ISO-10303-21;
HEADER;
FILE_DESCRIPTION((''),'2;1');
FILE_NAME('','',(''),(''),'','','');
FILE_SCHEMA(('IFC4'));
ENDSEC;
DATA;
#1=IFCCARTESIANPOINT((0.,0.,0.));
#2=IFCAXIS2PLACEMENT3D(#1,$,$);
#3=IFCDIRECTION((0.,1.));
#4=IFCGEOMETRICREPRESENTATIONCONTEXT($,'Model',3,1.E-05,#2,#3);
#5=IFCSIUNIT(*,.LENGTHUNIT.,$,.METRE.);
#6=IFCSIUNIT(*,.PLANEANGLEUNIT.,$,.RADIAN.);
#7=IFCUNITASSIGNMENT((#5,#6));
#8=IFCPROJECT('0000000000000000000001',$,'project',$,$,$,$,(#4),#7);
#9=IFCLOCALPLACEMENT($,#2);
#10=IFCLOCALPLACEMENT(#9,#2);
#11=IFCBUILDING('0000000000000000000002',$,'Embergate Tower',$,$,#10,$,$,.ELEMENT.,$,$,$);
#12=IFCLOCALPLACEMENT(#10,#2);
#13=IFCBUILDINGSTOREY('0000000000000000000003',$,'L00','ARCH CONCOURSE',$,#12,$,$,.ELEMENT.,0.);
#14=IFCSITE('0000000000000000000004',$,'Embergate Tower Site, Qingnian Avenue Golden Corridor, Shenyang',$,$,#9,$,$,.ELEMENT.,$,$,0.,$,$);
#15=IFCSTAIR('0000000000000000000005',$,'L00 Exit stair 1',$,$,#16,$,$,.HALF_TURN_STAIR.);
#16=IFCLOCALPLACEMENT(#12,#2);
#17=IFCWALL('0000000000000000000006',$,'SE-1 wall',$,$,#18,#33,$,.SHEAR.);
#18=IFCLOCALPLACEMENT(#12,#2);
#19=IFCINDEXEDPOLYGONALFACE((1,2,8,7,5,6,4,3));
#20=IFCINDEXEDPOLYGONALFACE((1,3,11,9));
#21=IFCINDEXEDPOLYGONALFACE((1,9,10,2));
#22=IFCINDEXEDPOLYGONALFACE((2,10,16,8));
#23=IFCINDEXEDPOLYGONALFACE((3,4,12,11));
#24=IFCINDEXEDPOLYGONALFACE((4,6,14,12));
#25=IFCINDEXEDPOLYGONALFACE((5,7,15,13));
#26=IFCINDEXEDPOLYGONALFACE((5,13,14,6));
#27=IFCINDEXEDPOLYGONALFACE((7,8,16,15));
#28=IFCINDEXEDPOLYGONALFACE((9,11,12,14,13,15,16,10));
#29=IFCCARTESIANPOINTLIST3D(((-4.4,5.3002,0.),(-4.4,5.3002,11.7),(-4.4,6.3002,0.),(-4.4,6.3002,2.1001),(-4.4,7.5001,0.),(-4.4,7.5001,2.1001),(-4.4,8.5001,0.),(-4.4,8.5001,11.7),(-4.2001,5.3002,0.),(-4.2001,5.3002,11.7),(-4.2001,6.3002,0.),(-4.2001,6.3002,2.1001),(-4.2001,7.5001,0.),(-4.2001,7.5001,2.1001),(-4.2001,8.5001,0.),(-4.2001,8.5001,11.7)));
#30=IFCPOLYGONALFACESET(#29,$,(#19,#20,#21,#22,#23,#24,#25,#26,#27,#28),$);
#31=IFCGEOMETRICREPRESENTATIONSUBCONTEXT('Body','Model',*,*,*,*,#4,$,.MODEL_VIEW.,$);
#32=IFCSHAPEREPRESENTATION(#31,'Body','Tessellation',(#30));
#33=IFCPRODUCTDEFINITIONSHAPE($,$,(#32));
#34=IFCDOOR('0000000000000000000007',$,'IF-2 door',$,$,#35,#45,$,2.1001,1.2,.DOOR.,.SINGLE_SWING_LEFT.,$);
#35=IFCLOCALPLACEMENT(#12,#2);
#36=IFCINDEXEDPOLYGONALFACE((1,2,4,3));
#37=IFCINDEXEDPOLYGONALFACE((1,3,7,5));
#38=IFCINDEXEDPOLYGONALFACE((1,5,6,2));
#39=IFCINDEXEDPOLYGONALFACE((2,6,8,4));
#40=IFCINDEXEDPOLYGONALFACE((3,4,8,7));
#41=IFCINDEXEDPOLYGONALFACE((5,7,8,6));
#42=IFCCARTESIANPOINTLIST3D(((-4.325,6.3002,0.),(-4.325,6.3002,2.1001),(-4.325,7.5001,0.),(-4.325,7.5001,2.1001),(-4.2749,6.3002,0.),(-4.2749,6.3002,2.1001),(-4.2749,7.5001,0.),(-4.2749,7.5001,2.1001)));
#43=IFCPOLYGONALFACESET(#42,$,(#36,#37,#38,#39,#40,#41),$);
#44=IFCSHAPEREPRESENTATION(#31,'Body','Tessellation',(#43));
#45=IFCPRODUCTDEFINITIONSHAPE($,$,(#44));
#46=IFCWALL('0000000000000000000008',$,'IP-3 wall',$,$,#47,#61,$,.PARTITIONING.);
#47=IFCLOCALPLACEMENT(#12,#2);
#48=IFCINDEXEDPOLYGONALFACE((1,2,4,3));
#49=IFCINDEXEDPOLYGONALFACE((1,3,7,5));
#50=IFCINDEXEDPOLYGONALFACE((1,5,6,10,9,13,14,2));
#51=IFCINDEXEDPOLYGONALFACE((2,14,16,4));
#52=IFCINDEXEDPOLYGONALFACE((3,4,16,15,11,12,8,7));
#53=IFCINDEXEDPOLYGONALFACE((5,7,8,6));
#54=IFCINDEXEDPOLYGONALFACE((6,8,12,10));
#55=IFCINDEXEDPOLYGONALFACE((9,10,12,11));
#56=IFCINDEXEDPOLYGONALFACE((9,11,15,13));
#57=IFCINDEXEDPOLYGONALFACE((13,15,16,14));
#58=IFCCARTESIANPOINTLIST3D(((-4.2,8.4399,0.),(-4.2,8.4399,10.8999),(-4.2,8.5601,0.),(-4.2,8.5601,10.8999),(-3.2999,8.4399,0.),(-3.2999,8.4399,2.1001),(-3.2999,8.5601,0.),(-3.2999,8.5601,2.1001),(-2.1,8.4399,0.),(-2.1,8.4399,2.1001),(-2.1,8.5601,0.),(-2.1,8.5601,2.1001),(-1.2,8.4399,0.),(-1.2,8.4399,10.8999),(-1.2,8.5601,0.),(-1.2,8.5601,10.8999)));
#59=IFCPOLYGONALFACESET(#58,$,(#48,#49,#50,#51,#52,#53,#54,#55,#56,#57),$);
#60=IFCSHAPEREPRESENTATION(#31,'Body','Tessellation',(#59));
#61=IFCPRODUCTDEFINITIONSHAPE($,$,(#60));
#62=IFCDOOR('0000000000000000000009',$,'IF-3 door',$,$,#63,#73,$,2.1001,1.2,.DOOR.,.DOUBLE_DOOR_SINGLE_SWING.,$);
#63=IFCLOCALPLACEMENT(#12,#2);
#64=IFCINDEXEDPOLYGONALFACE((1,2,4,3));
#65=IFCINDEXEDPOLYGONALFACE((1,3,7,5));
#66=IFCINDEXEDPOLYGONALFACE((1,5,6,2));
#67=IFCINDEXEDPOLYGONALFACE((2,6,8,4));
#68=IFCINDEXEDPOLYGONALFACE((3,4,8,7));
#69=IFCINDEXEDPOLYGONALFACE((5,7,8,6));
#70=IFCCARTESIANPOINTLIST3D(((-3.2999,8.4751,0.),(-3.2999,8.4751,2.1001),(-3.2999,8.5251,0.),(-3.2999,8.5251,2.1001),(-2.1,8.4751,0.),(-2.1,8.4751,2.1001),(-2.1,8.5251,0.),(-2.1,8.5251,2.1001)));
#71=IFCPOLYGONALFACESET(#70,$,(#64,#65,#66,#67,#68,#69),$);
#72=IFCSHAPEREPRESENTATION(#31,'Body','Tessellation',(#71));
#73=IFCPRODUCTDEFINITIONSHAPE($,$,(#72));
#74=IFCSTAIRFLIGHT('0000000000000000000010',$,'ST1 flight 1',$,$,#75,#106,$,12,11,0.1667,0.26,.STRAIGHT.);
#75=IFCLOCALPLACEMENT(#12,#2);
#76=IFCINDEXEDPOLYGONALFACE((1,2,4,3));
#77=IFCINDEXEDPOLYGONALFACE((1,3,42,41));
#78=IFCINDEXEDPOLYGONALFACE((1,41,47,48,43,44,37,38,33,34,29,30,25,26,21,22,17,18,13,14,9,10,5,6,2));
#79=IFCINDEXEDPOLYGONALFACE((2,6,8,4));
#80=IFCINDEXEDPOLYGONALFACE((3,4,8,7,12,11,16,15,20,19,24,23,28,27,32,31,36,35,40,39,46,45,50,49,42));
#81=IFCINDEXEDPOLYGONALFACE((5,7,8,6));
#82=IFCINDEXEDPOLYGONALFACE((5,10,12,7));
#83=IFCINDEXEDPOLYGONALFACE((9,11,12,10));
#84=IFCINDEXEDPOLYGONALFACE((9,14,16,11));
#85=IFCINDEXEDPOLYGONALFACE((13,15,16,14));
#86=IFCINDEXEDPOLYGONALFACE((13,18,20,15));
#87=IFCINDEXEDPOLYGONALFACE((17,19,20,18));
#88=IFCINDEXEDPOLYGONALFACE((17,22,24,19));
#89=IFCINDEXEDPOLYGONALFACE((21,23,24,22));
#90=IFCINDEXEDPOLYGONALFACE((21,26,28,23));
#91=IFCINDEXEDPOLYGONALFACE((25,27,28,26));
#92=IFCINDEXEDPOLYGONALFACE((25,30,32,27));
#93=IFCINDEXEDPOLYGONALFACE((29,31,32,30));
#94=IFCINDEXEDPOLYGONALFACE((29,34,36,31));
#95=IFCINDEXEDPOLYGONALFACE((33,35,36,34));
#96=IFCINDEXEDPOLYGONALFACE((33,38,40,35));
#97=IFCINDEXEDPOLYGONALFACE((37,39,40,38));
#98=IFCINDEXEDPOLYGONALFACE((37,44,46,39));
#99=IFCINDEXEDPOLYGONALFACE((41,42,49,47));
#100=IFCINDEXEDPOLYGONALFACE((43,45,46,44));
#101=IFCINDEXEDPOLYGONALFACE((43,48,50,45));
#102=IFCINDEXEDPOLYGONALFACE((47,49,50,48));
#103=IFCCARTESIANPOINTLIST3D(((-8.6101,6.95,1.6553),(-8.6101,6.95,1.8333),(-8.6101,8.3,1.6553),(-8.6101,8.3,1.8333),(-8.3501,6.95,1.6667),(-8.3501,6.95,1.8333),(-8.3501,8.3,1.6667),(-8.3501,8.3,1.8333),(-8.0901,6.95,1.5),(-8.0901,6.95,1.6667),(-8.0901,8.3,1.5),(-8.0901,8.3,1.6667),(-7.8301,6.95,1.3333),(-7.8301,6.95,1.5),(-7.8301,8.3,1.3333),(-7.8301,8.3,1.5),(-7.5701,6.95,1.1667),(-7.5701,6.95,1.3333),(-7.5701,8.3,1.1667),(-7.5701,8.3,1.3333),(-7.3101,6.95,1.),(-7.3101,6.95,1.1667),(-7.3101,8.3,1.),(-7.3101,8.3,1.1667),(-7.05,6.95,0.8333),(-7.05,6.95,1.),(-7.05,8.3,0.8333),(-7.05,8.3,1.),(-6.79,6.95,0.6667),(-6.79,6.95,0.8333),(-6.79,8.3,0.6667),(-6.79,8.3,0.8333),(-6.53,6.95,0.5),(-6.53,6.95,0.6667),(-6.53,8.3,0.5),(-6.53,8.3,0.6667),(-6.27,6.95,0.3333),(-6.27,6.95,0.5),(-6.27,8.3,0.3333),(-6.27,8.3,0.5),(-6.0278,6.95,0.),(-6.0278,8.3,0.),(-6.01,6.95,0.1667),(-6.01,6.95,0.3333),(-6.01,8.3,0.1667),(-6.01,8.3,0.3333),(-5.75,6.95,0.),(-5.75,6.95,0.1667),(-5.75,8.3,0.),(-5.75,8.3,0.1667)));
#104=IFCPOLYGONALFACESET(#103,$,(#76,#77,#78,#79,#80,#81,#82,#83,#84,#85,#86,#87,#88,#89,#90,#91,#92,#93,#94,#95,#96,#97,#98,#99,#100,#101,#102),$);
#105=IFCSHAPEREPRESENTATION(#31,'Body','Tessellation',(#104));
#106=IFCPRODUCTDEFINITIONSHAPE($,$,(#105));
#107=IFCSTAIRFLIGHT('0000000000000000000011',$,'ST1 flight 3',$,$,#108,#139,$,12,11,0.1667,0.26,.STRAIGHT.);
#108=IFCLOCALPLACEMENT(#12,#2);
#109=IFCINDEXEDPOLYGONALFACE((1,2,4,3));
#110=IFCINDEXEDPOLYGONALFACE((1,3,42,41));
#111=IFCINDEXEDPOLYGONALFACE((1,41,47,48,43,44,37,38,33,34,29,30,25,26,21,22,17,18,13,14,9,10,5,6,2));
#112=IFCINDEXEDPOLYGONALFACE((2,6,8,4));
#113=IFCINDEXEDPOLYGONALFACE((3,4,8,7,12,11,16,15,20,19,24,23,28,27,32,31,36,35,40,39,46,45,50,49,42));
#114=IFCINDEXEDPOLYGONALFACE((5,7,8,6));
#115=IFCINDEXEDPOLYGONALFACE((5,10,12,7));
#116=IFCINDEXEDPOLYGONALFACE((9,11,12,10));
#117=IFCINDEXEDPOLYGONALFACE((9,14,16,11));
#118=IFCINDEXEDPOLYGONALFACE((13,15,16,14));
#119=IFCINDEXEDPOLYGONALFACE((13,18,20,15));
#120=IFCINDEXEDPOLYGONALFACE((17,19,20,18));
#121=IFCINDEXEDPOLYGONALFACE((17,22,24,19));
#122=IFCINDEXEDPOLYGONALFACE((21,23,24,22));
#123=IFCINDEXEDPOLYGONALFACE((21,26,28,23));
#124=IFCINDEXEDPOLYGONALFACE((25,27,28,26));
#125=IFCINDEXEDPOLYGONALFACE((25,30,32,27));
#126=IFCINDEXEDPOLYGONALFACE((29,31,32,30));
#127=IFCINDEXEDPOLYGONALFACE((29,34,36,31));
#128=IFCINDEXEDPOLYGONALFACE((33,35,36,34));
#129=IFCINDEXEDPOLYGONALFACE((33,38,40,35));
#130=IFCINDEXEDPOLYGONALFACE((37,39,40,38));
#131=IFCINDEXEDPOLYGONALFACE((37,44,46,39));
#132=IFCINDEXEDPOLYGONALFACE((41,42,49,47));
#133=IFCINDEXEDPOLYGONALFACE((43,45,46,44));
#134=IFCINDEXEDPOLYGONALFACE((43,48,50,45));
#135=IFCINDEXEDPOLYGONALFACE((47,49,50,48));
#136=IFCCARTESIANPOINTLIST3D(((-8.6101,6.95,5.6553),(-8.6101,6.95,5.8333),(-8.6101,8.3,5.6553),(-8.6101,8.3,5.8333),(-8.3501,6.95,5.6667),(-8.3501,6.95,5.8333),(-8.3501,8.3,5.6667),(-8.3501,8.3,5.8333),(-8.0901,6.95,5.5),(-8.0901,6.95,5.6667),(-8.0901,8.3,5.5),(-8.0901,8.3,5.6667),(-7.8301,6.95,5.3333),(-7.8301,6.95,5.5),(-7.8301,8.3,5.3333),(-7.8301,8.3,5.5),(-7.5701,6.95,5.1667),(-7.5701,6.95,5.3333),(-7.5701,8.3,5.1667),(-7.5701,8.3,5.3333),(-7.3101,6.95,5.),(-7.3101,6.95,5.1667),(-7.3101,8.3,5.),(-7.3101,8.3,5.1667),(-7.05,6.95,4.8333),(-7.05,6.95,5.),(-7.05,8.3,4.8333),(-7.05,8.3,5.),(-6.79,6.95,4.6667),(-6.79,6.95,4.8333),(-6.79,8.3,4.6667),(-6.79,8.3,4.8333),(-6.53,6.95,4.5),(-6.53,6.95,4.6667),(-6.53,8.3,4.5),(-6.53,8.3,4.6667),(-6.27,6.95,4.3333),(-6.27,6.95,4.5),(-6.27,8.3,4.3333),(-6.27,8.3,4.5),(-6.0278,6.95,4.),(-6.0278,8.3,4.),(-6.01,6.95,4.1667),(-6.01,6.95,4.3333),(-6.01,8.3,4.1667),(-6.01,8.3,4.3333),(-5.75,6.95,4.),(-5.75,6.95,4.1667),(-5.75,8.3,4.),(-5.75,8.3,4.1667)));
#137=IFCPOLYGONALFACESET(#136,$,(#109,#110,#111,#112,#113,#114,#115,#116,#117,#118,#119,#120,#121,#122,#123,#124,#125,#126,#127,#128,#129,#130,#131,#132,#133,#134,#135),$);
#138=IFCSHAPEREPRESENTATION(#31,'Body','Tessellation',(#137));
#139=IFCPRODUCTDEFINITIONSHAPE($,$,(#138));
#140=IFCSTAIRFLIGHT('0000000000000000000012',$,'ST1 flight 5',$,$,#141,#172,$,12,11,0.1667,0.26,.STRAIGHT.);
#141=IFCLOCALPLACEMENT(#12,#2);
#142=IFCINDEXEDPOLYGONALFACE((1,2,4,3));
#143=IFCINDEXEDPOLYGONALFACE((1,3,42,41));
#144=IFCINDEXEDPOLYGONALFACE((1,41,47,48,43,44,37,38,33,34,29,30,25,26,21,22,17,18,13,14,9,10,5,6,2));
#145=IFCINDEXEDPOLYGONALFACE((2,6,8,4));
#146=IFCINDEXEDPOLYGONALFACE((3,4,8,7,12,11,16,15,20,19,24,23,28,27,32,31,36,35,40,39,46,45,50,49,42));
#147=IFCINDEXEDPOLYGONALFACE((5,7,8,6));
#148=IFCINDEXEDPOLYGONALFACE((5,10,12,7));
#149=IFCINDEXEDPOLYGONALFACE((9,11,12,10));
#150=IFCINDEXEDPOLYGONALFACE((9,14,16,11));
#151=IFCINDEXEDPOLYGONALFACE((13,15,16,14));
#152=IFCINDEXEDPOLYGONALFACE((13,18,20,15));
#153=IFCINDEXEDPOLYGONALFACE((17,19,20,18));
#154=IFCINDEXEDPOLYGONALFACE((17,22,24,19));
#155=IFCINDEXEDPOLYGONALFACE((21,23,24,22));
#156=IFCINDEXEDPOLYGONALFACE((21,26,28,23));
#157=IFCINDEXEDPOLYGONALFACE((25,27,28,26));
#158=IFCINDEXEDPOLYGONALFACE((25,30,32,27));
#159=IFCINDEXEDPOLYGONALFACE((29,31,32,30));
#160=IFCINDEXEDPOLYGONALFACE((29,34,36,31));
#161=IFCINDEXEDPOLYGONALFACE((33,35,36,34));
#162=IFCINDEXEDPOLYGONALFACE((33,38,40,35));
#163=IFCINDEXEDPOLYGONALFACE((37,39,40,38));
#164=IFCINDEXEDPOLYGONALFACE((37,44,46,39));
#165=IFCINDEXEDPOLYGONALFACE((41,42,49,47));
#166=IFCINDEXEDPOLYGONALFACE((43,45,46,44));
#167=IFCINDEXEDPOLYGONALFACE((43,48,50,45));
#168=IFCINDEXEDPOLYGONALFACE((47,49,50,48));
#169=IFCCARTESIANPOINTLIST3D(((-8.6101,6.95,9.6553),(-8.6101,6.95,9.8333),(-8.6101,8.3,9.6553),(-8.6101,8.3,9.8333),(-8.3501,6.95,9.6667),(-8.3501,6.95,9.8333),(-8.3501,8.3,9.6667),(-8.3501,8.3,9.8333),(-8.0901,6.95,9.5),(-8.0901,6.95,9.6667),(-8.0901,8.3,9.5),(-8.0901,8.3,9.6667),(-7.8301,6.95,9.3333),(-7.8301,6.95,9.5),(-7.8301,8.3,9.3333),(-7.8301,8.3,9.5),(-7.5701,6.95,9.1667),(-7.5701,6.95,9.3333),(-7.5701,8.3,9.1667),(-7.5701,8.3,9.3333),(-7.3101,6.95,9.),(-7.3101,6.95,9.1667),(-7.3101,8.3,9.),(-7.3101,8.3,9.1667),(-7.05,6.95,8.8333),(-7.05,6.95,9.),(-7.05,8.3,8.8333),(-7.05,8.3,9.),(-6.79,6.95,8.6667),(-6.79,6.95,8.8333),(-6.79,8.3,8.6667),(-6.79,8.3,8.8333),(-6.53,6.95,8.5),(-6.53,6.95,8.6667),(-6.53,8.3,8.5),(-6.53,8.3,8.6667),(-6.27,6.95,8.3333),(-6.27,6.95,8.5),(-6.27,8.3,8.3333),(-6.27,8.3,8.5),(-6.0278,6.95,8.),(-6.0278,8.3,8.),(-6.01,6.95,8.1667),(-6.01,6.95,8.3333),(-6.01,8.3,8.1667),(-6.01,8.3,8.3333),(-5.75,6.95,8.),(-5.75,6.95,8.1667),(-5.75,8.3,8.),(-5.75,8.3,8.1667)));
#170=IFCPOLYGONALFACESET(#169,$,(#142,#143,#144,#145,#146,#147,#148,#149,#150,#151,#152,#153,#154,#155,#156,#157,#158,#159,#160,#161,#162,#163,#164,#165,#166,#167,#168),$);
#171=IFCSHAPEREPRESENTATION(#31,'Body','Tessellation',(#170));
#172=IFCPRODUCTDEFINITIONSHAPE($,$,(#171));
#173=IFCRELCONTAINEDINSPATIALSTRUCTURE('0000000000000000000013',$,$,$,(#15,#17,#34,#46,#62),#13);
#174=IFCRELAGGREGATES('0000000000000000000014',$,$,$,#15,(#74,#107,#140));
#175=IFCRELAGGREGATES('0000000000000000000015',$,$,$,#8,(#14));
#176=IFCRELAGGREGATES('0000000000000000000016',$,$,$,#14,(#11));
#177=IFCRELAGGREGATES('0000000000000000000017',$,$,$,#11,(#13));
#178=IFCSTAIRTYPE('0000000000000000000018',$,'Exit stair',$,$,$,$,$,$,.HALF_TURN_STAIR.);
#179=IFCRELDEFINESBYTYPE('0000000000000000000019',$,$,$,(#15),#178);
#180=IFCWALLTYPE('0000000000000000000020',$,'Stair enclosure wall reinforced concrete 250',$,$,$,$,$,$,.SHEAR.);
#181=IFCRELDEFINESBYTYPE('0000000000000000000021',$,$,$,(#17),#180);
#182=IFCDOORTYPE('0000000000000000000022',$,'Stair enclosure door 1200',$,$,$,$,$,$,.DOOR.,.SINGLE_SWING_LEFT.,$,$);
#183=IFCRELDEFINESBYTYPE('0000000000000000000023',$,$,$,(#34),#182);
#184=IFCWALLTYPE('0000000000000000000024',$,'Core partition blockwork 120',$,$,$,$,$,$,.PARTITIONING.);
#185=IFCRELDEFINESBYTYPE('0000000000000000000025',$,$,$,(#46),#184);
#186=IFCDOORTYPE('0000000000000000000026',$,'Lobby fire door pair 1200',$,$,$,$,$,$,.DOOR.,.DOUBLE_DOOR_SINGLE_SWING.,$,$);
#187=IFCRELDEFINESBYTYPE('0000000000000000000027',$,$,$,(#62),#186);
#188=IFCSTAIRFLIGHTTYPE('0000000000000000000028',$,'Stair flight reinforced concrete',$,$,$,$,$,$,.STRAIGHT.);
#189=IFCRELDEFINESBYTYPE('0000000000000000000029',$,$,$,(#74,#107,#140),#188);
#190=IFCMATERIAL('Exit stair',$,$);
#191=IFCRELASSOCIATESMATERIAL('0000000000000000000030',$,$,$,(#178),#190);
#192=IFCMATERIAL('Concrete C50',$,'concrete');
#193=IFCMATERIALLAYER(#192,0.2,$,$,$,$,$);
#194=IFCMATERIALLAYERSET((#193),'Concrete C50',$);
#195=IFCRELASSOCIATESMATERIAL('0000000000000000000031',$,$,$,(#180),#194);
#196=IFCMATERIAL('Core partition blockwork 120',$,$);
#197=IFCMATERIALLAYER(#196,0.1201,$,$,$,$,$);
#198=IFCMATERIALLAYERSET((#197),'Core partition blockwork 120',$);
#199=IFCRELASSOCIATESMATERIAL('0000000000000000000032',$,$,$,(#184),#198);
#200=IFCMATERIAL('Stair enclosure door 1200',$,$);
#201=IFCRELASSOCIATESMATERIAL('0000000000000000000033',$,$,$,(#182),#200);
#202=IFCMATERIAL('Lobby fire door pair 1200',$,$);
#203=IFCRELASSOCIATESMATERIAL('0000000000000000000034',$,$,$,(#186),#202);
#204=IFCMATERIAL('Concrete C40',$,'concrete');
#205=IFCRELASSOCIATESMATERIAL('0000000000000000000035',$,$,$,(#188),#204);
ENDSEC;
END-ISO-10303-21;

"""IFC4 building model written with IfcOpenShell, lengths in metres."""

from ifc_helpers import new_model, si_unit, direction, frame, frame_2d, origin, place, context, subcontext, project, spatial, polyline, rectangle, outline, extrude, source, transform, mapped, material, layer, layer_set, type_object, element, fill, aggregate, save


model = new_model("IFC4")

# Units and contexts
model_context = context("Model", 3, precision=1e-05, world=origin(), true_north=direction((0.0, 1.0)))
body_context = subcontext(model_context, "Body", "Model", "MODEL_VIEW")
ifc_project = project(units=[si_unit("LENGTHUNIT", "METRE"), si_unit("PLANEANGLEUNIT", "RADIAN")], contexts=[model_context])

# Site, building, storey
site_placement = place(None, origin())
site = spatial("IfcSite", under=ifc_project, at=site_placement, Name="Embergate Tower Site, Qingnian Avenue Golden Corridor, Shenyang", CompositionType="ELEMENT", RefElevation=0.0)
building_placement = place(site_placement, origin())
building = spatial("IfcBuilding", under=site, at=building_placement, Name="Embergate Tower", CompositionType="ELEMENT")
storey_placement = place(building_placement, origin())
storey = spatial("IfcBuildingStorey", under=building, at=storey_placement, Name="L00", Description="ARCH CONCOURSE", CompositionType="ELEMENT", Elevation=0.0)

# Stair
ifc_material_1 = material(Name="Exit stair")
stair_type = type_object("IfcStairType", Name="Exit stair", PredefinedType="HALF_TURN_STAIR", material=ifc_material_1)
stair_placement = place(storey_placement, origin())
stair = element("IfcStair", 1, at=stair_placement, inside=storey, type_object=stair_type, Name="L00 Exit stair 1", PredefinedType="HALF_TURN_STAIR")
ifc_material_2 = material(Name="Concrete C40", Category="concrete")

# Shared definitions
ifc_material_3 = material(Name="Concrete C50", Category="concrete")
ifc_layer_1 = layer(ifc_material_3, 0.2)
ifc_layer_set_1 = layer_set([ifc_layer_1], Name="Concrete C50")
wall_type_1 = type_object("IfcWallType", Name="Stair enclosure wall reinforced concrete 250", PredefinedType="SHEAR", material=ifc_layer_set_1)

# Walls, openings, doors
ifc_material_4 = material(Name="Core partition blockwork 120")
ifc_layer_2 = layer(ifc_material_4, 0.1201)
ifc_layer_set_2 = layer_set([ifc_layer_2], Name="Core partition blockwork 120")
wall_type_2 = type_object("IfcWallType", Name="Core partition blockwork 120", PredefinedType="PARTITIONING", material=ifc_layer_set_2)
shared_shape_1 = source(origin(), body_context, "Body", "SweptSolid", [
    extrude(rectangle(XDim=3.2, YDim=0.2, at=frame_2d((1.6001, 0.0))), origin(), (0.0, 0.0, 1.0), 11.7),
])
wall_1_placement = place(storey_placement, frame((-4.3, 5.3, 0.0), z_axis=(0.0, 0.0, 1.0), x_axis=(0.0, 1.0, 0.0)))
wall_1 = element("IfcWall", 2, at=wall_1_placement, inside=storey, type_object=wall_type_1, Name="SE-1 wall", PredefinedType="SHEAR", context=body_context, shape_type="MappedRepresentation", body=[
    mapped(shared_shape_1, transform((0.0, 0.0, 0.0))),
])
shared_shape_2 = source(origin(), body_context, "Body", "SweptSolid", [
    extrude(rectangle(XDim=1.2, YDim=2.1001, at=frame_2d((0.6001, 1.05))), frame((0.0, 0.1099, 0.0), z_axis=(0.0, -1.0, 0.0), x_axis=(1.0, 0.0, 0.0)), (0.0, 0.0, 1.0), 0.22),
])
opening_1_placement = place(wall_1_placement, frame((1.0, 0.0, 0.0)))
opening_1 = element("IfcOpeningElement", 3, at=opening_1_placement, cuts=wall_1, PredefinedType="OPENING", context=body_context, shape_type="MappedRepresentation", body=[
    mapped(shared_shape_2, transform((0.0, 0.0, 0.0))),
])
ifc_material_5 = material(Name="Stair enclosure door 1200")
door_type_1 = type_object("IfcDoorType", Name="Stair enclosure door 1200", OperationType="SINGLE_SWING_LEFT", PredefinedType="DOOR", material=ifc_material_5)
shared_shape_3 = source(origin(), body_context, "Body", "SweptSolid", [
    extrude(rectangle(XDim=1.2, YDim=2.1001, at=frame_2d((0.6001, 1.05))), frame((0.0, 0.0249, 0.0), z_axis=(0.0, -1.0, 0.0), x_axis=(1.0, 0.0, 0.0)), (0.0, 0.0, 1.0), 0.05),
])
door_1_placement = place(opening_1_placement, origin())
door_1 = element("IfcDoor", 4, at=door_1_placement, inside=storey, type_object=door_type_1, Name="IF-2 door", OperationType="SINGLE_SWING_LEFT", OverallHeight=2.1001, OverallWidth=1.2, PredefinedType="DOOR", context=body_context, shape_type="MappedRepresentation", body=[
    mapped(shared_shape_3, transform((0.0, 0.0, 0.0))),
])
fill(opening_1, door_1)
shared_shape_4 = source(origin(), body_context, "Body", "SweptSolid", [
    extrude(rectangle(XDim=3.0, YDim=0.1201, at=frame_2d((1.5, 0.0))), origin(), (0.0, 0.0, 1.0), 10.8999),
])
wall_2_placement = place(storey_placement, frame((-1.2, 8.5, 0.0), z_axis=(0.0, 0.0, 1.0), x_axis=(-1.0, 0.0, 0.0)))
wall_2 = element("IfcWall", 5, at=wall_2_placement, inside=storey, type_object=wall_type_2, Name="IP-3 wall", PredefinedType="PARTITIONING", context=body_context, shape_type="MappedRepresentation", body=[
    mapped(shared_shape_4, transform((0.0, 0.0, 0.0))),
])
shared_shape_5 = source(origin(), body_context, "Body", "SweptSolid", [
    extrude(rectangle(XDim=1.2, YDim=2.1001, at=frame_2d((0.6001, 1.05))), frame((0.0, 0.0701, 0.0), z_axis=(0.0, -1.0, 0.0), x_axis=(1.0, 0.0, 0.0)), (0.0, 0.0, 1.0), 0.1401),
])
opening_2_placement = place(wall_2_placement, frame((0.8999, 0.0, 0.0)))
opening_2 = element("IfcOpeningElement", 6, at=opening_2_placement, cuts=wall_2, PredefinedType="OPENING", context=body_context, shape_type="MappedRepresentation", body=[
    mapped(shared_shape_5, transform((0.0, 0.0, 0.0))),
])
ifc_material_6 = material(Name="Lobby fire door pair 1200")
door_type_2 = type_object("IfcDoorType", Name="Lobby fire door pair 1200", OperationType="DOUBLE_DOOR_SINGLE_SWING", PredefinedType="DOOR", material=ifc_material_6)
door_2_placement = place(opening_2_placement, origin())
door_2 = element("IfcDoor", 7, at=door_2_placement, inside=storey, type_object=door_type_2, Name="IF-3 door", OperationType="DOUBLE_DOOR_SINGLE_SWING", OverallHeight=2.1001, OverallWidth=1.2, PredefinedType="DOOR", context=body_context, shape_type="MappedRepresentation", body=[
    mapped(shared_shape_3, transform((0.0, 0.0, 0.0))),
])
fill(opening_2, door_2)

# Stair flights
stair_flight_type = type_object("IfcStairFlightType", Name="Stair flight reinforced concrete", PredefinedType="STRAIGHT", material=ifc_material_2)
shared_shape_6 = source(origin(), body_context, "Body", "SweptSolid", [
    extrude(outline(polyline([(0.0, 0.0), (0.0, 0.1667), (0.26, 0.1667), (0.26, 0.3333), (0.52, 0.3333), (0.52, 0.5), (0.78, 0.5), (0.78, 0.6667), (1.04, 0.6667), (1.04, 0.8333), (1.3, 0.8333), (1.3, 1.0), (1.5601, 1.0), (1.5601, 1.1667), (1.8201, 1.1667), (1.8201, 1.3333), (2.0801, 1.3333), (2.0801, 1.5), (2.3401, 1.5), (2.3401, 1.6667), (2.6001, 1.6667), (2.6001, 1.8333), (2.8601, 1.8333), (2.8601, 2.0), (2.8601, 1.6553), (0.2778, 0.0), (0.0, 0.0)])), frame((0.0, 0.675, 0.0), z_axis=(0.0, -1.0, 0.0), x_axis=(1.0, 0.0, 0.0)), (0.0, 0.0, 1.0), 1.3501),
])
stair_flight_1_placement = place(storey_placement, frame((-5.75, 7.625, 0.0), z_axis=(0.0, 0.0, 1.0), x_axis=(-1.0, 0.0, 0.0)))
stair_flight_1 = element("IfcStairFlight", 8, at=stair_flight_1_placement, type_object=stair_flight_type, Name="ST1 flight 1", NumberOfRisers=12, NumberOfTreads=11, PredefinedType="STRAIGHT", RiserHeight=0.1667, TreadLength=0.26, context=body_context, shape_type="MappedRepresentation", body=[
    mapped(shared_shape_6, transform((0.0, 0.0, 0.0))),
])
stair_flight_2_placement = place(storey_placement, frame((-5.75, 7.625, 4.0), z_axis=(0.0, 0.0, 1.0), x_axis=(-1.0, 0.0, 0.0)))
stair_flight_2 = element("IfcStairFlight", 9, at=stair_flight_2_placement, type_object=stair_flight_type, Name="ST1 flight 3", NumberOfRisers=12, NumberOfTreads=11, PredefinedType="STRAIGHT", RiserHeight=0.1667, TreadLength=0.26, context=body_context, shape_type="MappedRepresentation", body=[
    mapped(shared_shape_6, transform((0.0, 0.0, 0.0))),
])
stair_flight_3_placement = place(storey_placement, frame((-5.75, 7.625, 8.0), z_axis=(0.0, 0.0, 1.0), x_axis=(-1.0, 0.0, 0.0)))
stair_flight_3 = element("IfcStairFlight", 10, at=stair_flight_3_placement, type_object=stair_flight_type, Name="ST1 flight 5", NumberOfRisers=12, NumberOfTreads=11, PredefinedType="STRAIGHT", RiserHeight=0.1667, TreadLength=0.26, context=body_context, shape_type="MappedRepresentation", body=[
    mapped(shared_shape_6, transform((0.0, 0.0, 0.0))),
])
aggregate(stair, [stair_flight_1, stair_flight_2, stair_flight_3])

save(model, "model.ifc")
